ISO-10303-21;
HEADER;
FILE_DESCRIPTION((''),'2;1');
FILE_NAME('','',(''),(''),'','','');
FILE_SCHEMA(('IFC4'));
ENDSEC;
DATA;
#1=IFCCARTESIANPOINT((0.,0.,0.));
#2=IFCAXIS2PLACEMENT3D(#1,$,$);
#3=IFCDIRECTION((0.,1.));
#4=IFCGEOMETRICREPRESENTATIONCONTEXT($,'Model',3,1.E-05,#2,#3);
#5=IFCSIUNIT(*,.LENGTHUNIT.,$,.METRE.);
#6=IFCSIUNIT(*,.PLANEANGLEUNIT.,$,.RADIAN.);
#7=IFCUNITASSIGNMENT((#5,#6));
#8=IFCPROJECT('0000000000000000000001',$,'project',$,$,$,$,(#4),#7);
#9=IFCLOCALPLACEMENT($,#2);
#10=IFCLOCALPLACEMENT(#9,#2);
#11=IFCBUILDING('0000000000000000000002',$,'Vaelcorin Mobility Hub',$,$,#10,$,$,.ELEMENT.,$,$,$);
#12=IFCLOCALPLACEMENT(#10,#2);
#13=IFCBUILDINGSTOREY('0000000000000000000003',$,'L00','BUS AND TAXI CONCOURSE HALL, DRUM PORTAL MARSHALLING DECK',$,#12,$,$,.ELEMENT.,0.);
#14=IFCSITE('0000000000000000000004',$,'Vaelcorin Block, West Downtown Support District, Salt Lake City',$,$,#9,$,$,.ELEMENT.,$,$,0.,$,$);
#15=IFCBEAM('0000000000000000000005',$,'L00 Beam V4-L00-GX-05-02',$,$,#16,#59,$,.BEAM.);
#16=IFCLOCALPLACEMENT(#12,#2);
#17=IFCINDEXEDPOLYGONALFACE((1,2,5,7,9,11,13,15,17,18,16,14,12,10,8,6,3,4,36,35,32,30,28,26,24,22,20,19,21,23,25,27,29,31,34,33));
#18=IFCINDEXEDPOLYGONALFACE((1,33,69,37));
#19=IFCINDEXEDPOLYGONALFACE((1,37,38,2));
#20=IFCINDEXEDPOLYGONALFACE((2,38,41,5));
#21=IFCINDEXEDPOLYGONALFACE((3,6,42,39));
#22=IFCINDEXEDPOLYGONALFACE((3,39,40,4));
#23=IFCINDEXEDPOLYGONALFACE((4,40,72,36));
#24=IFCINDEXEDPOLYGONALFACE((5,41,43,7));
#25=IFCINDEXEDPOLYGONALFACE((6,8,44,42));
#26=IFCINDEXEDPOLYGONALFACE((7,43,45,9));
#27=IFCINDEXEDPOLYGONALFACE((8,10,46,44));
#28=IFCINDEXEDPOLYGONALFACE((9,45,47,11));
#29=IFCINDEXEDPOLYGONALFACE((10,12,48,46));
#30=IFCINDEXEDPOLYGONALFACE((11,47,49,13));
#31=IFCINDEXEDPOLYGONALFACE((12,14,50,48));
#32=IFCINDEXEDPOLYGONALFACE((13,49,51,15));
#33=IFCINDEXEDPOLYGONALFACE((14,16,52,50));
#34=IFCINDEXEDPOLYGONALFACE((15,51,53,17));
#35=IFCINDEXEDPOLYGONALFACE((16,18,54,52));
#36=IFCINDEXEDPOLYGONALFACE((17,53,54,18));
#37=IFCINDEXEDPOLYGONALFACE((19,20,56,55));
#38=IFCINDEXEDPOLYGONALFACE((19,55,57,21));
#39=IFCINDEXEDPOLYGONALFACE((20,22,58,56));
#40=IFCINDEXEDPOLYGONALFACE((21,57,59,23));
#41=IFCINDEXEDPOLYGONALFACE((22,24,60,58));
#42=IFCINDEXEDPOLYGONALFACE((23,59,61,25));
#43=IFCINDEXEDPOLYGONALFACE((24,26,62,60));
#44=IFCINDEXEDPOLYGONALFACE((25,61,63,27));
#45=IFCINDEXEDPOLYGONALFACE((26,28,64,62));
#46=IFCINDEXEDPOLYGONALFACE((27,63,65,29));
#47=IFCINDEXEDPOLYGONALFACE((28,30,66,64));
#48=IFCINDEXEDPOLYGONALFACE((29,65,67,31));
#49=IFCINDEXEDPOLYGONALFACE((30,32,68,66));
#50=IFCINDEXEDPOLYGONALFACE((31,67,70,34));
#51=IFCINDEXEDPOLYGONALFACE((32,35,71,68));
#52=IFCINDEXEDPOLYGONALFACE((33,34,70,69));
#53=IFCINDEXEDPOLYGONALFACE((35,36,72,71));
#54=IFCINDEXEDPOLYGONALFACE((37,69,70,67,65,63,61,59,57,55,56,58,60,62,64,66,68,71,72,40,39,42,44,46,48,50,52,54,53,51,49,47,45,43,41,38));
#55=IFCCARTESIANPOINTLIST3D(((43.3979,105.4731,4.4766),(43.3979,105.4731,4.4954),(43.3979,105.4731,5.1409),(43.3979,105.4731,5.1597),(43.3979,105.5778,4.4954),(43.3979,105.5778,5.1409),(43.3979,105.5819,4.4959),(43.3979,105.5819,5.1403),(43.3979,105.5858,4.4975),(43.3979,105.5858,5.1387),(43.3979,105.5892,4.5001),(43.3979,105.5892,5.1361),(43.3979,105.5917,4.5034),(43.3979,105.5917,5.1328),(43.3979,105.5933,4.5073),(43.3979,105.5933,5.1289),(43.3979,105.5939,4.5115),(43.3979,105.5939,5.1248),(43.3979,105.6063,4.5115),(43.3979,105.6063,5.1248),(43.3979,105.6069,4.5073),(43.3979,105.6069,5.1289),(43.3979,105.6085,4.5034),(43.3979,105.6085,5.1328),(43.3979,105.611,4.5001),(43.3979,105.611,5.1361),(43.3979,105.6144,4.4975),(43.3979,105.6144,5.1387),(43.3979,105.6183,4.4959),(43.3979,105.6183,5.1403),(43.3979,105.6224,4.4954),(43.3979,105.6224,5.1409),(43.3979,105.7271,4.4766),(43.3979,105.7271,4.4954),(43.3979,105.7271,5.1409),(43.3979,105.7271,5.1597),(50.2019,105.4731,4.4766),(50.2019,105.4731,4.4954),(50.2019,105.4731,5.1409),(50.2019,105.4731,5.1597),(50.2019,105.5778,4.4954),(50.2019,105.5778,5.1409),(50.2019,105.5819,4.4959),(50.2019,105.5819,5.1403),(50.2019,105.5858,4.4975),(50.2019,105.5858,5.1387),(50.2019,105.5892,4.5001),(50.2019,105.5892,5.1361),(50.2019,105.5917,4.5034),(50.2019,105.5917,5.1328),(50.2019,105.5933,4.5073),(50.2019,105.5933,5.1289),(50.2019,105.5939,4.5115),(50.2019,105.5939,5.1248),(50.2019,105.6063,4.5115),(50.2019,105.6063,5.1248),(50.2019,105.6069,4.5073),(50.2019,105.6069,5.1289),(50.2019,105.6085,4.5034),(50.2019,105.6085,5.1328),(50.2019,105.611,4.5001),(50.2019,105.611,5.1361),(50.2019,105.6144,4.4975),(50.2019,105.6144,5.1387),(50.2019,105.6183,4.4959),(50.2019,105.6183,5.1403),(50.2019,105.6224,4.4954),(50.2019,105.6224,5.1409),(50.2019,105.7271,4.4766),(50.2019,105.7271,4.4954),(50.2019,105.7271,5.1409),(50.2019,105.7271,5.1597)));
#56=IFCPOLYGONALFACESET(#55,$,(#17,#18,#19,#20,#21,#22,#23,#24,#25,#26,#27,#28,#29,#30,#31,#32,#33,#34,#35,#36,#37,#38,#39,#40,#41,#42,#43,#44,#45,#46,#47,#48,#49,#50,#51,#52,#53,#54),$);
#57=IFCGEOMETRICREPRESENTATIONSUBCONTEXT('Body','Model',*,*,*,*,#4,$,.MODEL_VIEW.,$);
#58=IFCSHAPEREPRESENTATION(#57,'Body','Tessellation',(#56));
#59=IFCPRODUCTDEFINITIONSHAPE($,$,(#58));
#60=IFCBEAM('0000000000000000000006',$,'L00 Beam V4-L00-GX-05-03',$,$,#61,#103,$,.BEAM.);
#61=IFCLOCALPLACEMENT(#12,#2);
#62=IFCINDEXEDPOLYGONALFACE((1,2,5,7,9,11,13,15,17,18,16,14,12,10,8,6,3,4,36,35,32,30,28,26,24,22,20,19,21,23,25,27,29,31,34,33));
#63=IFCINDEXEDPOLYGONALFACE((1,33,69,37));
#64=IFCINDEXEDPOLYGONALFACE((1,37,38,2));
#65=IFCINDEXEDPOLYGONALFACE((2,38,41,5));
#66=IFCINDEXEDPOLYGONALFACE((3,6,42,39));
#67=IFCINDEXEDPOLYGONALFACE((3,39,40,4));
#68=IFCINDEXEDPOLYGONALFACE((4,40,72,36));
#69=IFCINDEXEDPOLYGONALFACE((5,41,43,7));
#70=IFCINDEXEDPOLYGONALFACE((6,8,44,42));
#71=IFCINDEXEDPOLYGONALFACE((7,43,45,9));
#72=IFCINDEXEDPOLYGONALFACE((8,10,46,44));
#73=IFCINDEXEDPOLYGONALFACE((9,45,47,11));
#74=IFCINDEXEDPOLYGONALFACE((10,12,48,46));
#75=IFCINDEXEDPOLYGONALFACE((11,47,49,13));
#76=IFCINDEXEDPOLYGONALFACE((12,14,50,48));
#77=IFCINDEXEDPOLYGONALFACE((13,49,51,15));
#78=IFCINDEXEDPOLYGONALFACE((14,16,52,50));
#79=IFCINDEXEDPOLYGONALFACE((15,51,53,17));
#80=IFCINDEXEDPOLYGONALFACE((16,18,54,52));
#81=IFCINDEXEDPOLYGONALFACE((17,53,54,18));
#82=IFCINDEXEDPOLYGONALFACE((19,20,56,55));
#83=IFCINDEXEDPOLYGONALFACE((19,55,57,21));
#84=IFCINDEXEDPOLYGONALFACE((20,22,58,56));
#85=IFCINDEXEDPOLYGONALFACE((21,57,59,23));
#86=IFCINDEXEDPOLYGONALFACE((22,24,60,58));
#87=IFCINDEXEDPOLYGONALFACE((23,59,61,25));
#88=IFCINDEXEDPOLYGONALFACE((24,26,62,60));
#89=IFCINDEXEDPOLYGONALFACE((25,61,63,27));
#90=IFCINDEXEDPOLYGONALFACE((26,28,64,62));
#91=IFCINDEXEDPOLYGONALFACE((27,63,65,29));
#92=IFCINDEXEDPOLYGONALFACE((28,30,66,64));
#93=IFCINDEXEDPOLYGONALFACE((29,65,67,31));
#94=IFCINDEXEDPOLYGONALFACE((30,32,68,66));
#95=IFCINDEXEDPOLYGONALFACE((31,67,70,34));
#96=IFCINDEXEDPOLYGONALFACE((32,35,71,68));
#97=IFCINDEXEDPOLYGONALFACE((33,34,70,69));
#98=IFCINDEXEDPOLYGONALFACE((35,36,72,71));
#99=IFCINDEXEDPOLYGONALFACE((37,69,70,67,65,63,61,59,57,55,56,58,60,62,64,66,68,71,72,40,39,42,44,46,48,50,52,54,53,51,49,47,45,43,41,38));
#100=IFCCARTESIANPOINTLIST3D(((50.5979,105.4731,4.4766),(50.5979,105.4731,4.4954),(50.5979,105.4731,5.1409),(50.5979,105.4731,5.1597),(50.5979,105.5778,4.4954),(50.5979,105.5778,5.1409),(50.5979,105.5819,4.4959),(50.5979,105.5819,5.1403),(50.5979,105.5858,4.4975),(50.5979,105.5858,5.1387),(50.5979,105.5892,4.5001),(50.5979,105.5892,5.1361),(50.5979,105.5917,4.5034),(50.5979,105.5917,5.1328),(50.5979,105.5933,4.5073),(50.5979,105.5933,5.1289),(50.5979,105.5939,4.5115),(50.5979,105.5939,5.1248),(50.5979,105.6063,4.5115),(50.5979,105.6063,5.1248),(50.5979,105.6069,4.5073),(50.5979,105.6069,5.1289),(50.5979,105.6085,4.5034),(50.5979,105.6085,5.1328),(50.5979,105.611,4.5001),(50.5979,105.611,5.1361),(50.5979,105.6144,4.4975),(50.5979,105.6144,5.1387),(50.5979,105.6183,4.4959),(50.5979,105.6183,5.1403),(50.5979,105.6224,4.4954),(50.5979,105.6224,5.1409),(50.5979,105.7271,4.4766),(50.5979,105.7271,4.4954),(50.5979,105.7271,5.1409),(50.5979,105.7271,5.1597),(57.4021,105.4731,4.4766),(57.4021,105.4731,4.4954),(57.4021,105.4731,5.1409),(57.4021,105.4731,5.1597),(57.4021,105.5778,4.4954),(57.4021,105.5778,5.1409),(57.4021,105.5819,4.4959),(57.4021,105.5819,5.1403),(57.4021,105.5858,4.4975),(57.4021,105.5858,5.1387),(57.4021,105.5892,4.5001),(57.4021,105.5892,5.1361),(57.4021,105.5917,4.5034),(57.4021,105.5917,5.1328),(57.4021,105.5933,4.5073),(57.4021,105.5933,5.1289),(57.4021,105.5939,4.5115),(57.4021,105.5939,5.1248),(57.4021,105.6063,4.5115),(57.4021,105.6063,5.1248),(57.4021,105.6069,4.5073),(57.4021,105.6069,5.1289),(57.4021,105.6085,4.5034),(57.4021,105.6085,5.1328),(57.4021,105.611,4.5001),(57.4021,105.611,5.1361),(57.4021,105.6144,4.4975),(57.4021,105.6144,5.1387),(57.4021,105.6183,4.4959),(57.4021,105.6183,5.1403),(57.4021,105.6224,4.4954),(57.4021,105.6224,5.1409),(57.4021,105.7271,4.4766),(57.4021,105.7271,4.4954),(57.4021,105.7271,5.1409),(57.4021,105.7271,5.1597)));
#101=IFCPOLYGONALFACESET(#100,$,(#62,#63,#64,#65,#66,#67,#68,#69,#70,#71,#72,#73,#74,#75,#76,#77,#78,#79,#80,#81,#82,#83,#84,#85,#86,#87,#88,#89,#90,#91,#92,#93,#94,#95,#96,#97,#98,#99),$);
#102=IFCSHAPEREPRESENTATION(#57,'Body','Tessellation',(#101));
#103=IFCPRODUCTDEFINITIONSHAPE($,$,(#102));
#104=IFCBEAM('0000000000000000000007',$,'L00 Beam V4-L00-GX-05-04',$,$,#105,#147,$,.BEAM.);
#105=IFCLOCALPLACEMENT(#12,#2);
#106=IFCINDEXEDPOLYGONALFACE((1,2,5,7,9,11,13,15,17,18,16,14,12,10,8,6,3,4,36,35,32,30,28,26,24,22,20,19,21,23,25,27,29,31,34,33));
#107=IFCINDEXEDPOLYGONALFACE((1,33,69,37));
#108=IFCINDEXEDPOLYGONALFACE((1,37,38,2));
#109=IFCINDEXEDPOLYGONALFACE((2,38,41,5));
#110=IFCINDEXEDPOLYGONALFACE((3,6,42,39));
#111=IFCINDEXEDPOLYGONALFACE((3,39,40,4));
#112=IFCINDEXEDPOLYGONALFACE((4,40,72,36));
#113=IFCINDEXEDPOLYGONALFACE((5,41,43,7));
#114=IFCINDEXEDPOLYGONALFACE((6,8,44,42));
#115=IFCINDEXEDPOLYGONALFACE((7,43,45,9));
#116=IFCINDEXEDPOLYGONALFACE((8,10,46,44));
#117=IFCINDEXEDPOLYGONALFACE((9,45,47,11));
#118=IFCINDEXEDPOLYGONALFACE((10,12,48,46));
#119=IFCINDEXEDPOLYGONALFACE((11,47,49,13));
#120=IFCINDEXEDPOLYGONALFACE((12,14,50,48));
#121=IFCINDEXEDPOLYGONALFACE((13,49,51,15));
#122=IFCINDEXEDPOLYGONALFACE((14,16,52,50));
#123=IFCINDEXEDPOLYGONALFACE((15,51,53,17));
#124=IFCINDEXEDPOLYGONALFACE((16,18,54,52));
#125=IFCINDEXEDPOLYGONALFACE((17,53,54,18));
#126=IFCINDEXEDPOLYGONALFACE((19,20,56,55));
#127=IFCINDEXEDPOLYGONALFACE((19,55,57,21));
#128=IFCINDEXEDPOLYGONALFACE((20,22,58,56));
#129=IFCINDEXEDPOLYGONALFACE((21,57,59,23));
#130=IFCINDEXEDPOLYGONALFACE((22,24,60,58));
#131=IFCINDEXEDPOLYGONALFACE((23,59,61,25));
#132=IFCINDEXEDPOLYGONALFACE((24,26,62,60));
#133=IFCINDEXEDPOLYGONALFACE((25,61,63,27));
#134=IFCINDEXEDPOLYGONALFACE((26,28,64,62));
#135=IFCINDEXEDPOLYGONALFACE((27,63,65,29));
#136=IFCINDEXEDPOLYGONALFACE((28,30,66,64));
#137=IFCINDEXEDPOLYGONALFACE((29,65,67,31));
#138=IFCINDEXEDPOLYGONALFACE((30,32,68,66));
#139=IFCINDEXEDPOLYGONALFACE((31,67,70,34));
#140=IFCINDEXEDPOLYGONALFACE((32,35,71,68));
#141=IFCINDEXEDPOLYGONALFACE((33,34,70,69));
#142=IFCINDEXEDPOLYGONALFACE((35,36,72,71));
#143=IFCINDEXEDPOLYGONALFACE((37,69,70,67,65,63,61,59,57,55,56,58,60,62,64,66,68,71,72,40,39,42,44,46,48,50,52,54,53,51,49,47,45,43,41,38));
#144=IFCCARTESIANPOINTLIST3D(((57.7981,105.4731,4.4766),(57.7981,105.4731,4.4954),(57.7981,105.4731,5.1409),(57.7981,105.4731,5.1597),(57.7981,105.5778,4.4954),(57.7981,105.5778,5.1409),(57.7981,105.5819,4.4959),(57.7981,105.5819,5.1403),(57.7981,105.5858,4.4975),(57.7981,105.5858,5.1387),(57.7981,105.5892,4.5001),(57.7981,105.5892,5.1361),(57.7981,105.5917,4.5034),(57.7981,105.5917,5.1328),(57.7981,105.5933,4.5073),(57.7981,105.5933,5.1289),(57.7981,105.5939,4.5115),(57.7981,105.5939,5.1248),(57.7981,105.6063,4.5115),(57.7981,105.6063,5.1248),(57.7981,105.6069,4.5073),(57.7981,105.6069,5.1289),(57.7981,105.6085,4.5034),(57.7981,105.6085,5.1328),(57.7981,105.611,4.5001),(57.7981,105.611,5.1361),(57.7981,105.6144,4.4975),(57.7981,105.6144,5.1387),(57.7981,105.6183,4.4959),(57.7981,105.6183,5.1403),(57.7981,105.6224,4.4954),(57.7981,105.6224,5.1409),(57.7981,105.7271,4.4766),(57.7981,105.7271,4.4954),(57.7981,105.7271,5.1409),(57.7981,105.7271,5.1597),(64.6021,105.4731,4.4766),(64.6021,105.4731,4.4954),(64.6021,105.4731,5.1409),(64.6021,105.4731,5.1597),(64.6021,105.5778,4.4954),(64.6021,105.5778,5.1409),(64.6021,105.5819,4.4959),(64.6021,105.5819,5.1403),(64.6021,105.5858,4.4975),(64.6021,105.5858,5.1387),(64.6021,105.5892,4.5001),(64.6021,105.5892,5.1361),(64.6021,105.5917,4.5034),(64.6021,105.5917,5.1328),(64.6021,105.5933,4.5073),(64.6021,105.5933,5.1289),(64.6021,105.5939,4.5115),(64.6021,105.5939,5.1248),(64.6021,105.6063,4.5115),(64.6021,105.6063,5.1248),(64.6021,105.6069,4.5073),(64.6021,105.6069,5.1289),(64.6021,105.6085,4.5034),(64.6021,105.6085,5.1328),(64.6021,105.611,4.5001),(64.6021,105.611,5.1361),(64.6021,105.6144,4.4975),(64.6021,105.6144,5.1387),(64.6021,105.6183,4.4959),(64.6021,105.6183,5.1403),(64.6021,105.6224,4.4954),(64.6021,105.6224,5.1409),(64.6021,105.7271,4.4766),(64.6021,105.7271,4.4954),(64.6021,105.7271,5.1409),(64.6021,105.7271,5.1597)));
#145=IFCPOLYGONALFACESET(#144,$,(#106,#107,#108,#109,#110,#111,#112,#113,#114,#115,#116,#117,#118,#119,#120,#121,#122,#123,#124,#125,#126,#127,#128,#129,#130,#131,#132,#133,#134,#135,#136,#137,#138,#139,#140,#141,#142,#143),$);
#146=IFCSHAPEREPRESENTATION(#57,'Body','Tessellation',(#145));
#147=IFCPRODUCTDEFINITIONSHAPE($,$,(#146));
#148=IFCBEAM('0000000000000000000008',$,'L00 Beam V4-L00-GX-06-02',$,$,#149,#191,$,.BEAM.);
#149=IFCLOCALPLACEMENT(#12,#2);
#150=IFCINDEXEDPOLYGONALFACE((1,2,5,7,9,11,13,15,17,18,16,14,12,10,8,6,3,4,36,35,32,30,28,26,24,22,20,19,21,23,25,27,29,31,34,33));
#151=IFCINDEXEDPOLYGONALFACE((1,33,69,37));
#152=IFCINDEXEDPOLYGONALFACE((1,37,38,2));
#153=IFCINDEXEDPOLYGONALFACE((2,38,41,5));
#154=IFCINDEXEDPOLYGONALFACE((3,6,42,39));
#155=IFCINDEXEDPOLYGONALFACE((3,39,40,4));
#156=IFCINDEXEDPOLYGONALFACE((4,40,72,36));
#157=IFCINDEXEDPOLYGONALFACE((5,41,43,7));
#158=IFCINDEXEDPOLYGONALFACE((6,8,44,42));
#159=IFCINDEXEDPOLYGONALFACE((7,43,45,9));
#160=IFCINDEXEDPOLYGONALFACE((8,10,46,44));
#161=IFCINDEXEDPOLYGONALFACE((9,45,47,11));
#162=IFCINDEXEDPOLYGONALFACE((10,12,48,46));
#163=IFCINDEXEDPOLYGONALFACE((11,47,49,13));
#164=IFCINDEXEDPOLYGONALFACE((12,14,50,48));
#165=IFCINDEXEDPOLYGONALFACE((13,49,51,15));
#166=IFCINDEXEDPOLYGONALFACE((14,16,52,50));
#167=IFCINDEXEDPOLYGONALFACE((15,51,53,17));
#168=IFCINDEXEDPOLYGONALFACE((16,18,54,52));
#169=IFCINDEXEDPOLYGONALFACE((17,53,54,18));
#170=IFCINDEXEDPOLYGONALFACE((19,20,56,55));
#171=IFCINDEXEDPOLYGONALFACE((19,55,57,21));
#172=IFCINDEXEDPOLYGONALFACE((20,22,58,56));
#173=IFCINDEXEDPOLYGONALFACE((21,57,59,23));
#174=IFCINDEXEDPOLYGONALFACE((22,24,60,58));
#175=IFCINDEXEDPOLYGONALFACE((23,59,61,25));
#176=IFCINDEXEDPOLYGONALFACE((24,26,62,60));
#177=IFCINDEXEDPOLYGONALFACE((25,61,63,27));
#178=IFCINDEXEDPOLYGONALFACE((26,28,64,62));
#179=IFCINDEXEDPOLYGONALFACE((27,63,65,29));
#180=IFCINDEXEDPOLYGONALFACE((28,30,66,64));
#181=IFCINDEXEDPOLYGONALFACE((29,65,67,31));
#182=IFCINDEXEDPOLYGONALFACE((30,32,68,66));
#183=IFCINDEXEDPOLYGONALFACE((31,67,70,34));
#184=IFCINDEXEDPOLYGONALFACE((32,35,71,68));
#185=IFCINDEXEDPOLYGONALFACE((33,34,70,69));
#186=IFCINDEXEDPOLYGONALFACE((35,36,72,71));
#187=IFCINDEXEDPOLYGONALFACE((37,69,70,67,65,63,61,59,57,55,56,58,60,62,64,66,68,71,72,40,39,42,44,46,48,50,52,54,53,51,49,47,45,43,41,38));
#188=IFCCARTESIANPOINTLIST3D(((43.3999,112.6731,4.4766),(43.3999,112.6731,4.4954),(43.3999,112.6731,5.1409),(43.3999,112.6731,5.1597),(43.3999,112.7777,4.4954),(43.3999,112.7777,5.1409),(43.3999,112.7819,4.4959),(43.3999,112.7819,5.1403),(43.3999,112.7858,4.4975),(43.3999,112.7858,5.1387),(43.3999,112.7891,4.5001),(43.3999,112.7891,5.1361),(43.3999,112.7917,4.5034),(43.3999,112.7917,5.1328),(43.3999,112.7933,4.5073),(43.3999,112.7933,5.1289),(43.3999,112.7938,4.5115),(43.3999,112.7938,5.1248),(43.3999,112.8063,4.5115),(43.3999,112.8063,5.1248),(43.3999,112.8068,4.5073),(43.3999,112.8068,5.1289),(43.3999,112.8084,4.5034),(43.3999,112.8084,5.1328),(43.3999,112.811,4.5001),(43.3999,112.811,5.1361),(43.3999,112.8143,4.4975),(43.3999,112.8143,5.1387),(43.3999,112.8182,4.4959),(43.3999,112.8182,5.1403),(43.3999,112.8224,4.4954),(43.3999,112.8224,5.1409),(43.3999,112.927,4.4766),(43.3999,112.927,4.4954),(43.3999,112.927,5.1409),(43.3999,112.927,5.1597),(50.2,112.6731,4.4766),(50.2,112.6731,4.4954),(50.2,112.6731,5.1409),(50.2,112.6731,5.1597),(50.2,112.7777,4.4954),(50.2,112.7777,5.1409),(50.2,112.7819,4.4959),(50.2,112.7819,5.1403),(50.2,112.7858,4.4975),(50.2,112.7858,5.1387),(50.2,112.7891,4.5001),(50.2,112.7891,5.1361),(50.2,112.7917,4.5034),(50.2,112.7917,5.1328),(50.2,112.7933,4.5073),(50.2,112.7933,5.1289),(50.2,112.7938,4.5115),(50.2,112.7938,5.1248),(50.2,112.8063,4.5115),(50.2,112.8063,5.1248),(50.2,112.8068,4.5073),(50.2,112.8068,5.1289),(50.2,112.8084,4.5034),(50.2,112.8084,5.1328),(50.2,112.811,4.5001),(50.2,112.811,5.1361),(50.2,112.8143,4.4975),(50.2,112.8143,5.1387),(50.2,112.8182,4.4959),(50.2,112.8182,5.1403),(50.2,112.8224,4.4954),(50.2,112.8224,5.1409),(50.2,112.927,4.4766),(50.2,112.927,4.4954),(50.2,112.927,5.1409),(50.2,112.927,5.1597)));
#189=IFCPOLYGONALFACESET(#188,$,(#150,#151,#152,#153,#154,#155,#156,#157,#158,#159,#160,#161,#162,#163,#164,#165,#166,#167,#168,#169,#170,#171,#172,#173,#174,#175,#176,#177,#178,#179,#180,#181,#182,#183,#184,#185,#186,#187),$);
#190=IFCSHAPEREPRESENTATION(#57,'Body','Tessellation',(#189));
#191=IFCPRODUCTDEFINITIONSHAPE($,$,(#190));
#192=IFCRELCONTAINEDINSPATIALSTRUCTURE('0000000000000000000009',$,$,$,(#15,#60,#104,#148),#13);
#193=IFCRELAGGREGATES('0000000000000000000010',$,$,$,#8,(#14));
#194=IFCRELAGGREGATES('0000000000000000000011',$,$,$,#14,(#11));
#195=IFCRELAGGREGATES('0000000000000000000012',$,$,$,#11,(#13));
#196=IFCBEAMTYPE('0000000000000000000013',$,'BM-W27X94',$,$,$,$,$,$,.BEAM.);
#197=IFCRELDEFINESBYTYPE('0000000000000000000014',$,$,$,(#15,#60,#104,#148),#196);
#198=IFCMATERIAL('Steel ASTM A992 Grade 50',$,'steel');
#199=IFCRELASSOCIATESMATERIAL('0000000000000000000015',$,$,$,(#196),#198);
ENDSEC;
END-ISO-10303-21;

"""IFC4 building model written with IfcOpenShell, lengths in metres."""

from ifc_helpers import new_model, si_unit, direction, frame, origin, origin_2d, place, context, subcontext, project, spatial, i_section, extrude, material, material_profile, profile_set, type_object, element, save


model = new_model("IFC4")

# Units and contexts
model_context = context("Model", 3, precision=1e-05, world=origin(), true_north=direction((0.0, 1.0)))
body_context = subcontext(model_context, "Body", "Model", "MODEL_VIEW")
ifc_project = project(units=[si_unit("LENGTHUNIT", "METRE"), si_unit("PLANEANGLEUNIT", "RADIAN")], contexts=[model_context])

# Site, building, storey
site_placement = place(None, origin())
site = spatial("IfcSite", under=ifc_project, at=site_placement, Name="Vaelcorin Block, West Downtown Support District, Salt Lake City", CompositionType="ELEMENT", RefElevation=0.0)
building_placement = place(site_placement, origin())
building = spatial("IfcBuilding", under=site, at=building_placement, Name="Vaelcorin Mobility Hub", CompositionType="ELEMENT")
storey_placement = place(building_placement, origin())
storey = spatial("IfcBuildingStorey", under=building, at=storey_placement, Name="L00", Description="BUS AND TAXI CONCOURSE HALL, DRUM PORTAL MARSHALLING DECK", CompositionType="ELEMENT", Elevation=0.0)

# Shared definitions
ifc_material_1 = material(Name="Steel ASTM A992 Grade 50", Category="steel")

# Beams
ifc_material_profile_1 = material_profile(ifc_material_1, i_section(OverallWidth=0.2539, OverallDepth=0.6831, WebThickness=0.0125, FlangeThickness=0.0188, FilletRadius=0.0161, at=origin_2d()), Name="W27X94")
ifc_profile_set_1 = profile_set([ifc_material_profile_1], Name="Steel ASTM A992 Grade 50")
beam_type_1 = type_object("IfcBeamType", Name="BM-W27X94", PredefinedType="BEAM", material=ifc_profile_set_1)
for number, where, z_axis, x_axis, name in (
    (1, (43.3979, 105.6001, 4.8181), (1.0, 0.0, 0.0), (0.0, 1.0, 0.0), "L00 Beam V4-L00-GX-05-02"),
):
    element("IfcBeam", number, at=place(storey_placement, frame(where, z_axis=z_axis, x_axis=x_axis)), inside=storey, type_object=beam_type_1, Name=name, PredefinedType="BEAM", context=body_context, shape_type="SweptSolid", body=[
        extrude(i_section(OverallWidth=0.2539, OverallDepth=0.6831, WebThickness=0.0125, FlangeThickness=0.0188, FilletRadius=0.0161, at=origin_2d()), origin(), (0.0, 0.0, 1.0), 6.804),
    ])
beam_1_placement = place(storey_placement, frame((50.5979, 105.6001, 4.8181), z_axis=(1.0, 0.0, 0.0), x_axis=(0.0, 1.0, 0.0)))
element("IfcBeam", 2, at=beam_1_placement, inside=storey, type_object=beam_type_1, Name="L00 Beam V4-L00-GX-05-03", PredefinedType="BEAM", context=body_context, shape_type="SweptSolid", body=[
    extrude(i_section(OverallWidth=0.2539, OverallDepth=0.6831, WebThickness=0.0125, FlangeThickness=0.0188, FilletRadius=0.0161, at=origin_2d()), origin(), (0.0, 0.0, 1.0), 6.8042),
])
beam_2_placement = place(storey_placement, frame((57.7981, 105.6001, 4.8181), z_axis=(1.0, 0.0, 0.0), x_axis=(0.0, 1.0, 0.0)))
element("IfcBeam", 3, at=beam_2_placement, inside=storey, type_object=beam_type_1, Name="L00 Beam V4-L00-GX-05-04", PredefinedType="BEAM", context=body_context, shape_type="SweptSolid", body=[
    extrude(i_section(OverallWidth=0.2539, OverallDepth=0.6831, WebThickness=0.0125, FlangeThickness=0.0188, FilletRadius=0.0161, at=origin_2d()), origin(), (0.0, 0.0, 1.0), 6.804),
])
beam_3_placement = place(storey_placement, frame((43.3999, 112.8, 4.8181), z_axis=(1.0, 0.0, 0.0), x_axis=(0.0, 1.0, 0.0)))
element("IfcBeam", 4, at=beam_3_placement, inside=storey, type_object=beam_type_1, Name="L00 Beam V4-L00-GX-06-02", PredefinedType="BEAM", context=body_context, shape_type="SweptSolid", body=[
    extrude(i_section(OverallWidth=0.2539, OverallDepth=0.6831, WebThickness=0.0125, FlangeThickness=0.0188, FilletRadius=0.0161, at=origin_2d()), origin(), (0.0, 0.0, 1.0), 6.8),
])

save(model, "model.ifc")
